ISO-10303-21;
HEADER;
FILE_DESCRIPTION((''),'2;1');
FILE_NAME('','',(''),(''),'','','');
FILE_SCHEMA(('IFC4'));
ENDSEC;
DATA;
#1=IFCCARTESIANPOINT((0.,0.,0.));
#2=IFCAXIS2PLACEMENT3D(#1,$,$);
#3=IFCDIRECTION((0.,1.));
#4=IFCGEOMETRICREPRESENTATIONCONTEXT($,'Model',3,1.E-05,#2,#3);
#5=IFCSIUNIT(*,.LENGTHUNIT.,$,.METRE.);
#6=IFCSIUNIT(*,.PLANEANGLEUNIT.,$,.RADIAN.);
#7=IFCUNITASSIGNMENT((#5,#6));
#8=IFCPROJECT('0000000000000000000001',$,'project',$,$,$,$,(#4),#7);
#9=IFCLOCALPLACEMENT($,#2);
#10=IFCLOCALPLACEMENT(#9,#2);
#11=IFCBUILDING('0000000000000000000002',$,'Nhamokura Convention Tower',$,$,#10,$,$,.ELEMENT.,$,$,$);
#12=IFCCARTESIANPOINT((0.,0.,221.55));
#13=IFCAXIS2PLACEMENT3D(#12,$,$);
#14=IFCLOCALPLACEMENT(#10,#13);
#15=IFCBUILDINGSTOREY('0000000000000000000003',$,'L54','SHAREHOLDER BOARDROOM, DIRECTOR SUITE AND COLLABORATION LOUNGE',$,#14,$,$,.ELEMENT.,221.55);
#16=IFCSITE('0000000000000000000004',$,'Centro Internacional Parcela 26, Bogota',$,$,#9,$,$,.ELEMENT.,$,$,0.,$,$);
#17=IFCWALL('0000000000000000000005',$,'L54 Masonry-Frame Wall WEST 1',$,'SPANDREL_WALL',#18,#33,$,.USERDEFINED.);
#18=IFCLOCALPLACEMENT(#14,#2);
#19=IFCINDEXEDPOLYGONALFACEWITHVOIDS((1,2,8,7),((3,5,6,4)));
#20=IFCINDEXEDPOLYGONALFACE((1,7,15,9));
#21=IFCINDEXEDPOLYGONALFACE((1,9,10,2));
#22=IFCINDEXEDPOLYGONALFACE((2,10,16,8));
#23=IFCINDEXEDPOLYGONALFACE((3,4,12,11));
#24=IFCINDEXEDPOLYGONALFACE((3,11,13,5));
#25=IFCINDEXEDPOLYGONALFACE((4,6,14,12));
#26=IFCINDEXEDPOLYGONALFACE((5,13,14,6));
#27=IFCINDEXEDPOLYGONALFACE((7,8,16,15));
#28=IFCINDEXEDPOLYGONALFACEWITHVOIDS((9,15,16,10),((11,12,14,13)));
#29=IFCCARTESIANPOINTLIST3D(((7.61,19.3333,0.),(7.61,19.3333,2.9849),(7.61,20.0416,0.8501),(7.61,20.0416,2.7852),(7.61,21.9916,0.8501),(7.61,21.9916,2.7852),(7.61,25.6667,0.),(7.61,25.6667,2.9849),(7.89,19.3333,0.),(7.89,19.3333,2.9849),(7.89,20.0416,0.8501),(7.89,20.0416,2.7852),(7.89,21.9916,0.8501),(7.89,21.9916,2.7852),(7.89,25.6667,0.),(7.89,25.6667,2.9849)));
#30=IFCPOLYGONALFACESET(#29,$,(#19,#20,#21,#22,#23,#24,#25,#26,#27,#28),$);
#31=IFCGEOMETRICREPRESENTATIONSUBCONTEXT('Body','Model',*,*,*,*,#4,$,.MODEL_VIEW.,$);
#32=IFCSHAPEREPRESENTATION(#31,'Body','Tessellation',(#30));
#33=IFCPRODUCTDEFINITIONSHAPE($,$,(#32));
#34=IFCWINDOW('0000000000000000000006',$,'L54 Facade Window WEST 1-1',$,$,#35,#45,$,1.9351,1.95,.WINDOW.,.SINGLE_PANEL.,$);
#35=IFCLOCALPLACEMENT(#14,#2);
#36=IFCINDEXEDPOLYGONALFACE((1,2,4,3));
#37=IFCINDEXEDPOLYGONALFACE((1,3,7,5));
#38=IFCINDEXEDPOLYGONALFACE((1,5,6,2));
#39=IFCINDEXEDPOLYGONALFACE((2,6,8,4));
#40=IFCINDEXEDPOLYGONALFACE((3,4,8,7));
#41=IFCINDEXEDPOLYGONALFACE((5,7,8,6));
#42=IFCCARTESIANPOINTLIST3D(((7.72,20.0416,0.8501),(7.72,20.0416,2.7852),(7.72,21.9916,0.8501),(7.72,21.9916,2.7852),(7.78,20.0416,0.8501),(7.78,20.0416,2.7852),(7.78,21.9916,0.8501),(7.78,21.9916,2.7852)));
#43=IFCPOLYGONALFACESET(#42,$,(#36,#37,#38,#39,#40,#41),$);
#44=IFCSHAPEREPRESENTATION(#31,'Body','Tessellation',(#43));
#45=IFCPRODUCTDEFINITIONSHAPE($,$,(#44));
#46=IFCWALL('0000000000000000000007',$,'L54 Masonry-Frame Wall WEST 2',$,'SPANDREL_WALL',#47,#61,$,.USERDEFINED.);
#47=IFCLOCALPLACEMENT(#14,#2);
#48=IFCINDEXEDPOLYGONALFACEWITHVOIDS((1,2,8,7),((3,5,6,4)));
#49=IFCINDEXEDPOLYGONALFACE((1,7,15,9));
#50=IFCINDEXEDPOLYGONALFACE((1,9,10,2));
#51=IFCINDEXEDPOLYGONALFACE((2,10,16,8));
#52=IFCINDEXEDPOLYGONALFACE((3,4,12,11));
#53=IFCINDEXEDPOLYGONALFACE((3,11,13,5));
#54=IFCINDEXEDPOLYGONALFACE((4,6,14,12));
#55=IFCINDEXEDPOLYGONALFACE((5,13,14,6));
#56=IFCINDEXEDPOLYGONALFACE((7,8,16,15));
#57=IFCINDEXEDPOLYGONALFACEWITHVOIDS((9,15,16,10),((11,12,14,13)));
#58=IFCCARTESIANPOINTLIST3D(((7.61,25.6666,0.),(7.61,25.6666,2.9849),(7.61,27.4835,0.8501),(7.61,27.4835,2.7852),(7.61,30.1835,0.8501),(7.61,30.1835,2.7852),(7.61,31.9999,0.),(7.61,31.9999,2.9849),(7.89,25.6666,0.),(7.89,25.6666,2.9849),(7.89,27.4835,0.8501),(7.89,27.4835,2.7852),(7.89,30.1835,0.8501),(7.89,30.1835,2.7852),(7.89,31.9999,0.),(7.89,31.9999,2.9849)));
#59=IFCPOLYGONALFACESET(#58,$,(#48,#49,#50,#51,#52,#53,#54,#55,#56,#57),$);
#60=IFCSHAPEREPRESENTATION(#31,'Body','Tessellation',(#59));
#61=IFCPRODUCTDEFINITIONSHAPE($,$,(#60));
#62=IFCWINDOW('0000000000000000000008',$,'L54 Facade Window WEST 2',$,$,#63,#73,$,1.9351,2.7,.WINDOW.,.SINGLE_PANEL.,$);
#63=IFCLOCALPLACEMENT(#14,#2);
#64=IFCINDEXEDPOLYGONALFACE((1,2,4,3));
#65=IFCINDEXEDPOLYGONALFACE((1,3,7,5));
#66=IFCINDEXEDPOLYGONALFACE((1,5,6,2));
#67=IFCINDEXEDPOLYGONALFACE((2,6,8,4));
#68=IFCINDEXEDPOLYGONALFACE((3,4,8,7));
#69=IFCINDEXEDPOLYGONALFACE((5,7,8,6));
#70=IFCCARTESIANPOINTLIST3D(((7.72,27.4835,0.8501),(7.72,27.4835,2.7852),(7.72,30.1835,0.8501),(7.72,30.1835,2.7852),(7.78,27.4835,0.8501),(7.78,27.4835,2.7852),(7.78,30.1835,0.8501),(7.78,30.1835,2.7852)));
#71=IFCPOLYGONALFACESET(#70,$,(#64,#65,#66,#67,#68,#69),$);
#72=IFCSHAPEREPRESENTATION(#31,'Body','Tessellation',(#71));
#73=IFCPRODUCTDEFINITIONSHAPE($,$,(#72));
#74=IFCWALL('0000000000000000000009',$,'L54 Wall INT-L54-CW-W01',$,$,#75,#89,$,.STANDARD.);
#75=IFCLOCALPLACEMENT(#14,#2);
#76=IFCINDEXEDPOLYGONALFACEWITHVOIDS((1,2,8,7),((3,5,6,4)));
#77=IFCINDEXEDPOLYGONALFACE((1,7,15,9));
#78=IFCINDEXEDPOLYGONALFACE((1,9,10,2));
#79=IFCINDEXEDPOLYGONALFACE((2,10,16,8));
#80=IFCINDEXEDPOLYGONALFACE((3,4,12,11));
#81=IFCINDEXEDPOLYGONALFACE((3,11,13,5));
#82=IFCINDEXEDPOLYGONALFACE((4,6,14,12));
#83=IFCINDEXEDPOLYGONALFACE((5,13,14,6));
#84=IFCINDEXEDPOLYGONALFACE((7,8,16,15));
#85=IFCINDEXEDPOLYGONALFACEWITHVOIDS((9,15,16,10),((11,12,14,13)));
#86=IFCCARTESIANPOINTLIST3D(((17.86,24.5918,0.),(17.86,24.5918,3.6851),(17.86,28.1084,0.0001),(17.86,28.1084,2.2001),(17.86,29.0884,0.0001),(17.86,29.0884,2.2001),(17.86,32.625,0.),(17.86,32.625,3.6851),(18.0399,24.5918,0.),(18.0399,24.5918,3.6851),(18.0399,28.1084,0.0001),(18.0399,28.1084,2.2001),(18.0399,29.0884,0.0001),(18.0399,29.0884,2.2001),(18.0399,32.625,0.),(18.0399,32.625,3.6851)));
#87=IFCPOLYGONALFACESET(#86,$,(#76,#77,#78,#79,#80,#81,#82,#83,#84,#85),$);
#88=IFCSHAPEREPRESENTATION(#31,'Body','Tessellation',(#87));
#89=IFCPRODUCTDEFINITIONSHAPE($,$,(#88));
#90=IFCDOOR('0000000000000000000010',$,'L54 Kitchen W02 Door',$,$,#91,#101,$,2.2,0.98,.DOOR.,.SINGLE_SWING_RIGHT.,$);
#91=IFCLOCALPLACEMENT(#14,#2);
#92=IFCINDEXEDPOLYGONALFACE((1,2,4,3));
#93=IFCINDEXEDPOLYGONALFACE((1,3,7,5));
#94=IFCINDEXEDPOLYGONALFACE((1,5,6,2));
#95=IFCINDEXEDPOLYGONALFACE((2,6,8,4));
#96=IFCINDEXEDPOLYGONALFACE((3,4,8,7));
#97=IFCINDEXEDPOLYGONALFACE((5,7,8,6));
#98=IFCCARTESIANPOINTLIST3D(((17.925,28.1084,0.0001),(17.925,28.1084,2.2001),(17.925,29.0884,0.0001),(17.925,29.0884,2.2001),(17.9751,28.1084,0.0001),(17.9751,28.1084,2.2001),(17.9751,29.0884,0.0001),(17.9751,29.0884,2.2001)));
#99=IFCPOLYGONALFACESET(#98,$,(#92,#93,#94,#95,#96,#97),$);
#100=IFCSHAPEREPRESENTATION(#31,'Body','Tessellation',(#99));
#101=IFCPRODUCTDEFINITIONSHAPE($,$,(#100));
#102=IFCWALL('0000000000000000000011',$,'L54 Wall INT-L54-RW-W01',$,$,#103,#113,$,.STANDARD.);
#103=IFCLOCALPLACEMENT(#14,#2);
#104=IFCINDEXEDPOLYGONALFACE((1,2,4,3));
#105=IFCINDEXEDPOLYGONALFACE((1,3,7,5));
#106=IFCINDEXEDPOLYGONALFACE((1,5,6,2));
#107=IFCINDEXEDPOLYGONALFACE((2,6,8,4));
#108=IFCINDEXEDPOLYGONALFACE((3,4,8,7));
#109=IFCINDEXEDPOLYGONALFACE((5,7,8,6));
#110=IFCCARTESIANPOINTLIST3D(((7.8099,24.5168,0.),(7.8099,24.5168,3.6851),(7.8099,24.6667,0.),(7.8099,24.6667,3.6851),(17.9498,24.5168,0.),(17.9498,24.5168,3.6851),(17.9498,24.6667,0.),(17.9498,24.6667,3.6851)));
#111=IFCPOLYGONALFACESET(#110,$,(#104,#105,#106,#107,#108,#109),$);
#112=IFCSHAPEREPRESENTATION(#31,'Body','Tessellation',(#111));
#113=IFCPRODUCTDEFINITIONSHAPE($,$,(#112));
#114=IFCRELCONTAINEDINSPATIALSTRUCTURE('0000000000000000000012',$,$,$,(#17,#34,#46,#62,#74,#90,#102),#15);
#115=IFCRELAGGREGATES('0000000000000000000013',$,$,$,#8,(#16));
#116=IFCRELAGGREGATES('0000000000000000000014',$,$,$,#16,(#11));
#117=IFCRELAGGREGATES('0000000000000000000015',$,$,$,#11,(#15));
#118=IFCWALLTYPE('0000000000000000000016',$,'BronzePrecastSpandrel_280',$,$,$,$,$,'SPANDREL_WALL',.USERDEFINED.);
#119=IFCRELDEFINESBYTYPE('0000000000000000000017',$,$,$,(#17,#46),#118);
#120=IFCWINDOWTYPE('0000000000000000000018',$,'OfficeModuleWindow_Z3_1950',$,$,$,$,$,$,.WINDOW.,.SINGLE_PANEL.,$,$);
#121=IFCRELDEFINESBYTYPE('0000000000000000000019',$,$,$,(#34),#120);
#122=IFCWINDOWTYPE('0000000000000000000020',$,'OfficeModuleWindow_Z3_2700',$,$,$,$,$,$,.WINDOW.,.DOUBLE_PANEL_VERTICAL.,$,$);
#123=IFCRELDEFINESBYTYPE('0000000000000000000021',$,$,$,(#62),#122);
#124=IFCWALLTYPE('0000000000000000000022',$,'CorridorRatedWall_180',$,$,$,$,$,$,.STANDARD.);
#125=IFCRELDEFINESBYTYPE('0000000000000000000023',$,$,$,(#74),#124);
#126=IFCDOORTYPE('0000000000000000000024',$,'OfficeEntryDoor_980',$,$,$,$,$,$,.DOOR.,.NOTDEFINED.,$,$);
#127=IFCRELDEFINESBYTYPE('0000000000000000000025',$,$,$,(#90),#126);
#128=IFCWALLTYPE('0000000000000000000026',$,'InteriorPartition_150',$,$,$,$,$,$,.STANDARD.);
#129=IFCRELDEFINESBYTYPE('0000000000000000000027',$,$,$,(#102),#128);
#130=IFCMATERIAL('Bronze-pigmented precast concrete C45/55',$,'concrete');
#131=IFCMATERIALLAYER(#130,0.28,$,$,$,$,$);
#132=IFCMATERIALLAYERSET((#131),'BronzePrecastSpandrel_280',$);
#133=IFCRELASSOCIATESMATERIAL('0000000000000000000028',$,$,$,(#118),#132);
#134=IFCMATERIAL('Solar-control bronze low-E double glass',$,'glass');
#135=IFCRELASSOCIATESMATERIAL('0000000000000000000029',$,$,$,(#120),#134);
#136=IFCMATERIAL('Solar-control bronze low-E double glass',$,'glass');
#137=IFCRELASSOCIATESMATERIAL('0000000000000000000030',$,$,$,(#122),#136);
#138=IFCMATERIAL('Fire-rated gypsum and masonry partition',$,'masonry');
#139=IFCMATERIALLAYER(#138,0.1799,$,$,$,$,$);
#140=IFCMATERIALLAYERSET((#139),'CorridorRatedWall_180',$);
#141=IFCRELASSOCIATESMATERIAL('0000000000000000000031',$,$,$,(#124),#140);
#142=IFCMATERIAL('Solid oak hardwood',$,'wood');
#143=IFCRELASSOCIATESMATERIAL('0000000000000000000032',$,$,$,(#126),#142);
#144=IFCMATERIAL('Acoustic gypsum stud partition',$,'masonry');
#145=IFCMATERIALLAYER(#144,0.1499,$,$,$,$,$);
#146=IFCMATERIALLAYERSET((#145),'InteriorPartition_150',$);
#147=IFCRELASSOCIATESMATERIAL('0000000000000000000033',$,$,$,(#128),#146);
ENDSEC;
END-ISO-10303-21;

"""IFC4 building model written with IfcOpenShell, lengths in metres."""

from ifc_helpers import new_model, si_unit, direction, frame, frame_2d, origin, place, context, subcontext, project, spatial, rectangle, extrude, material, layer, layer_set, type_object, element, fill, save


model = new_model("IFC4")

# Units and contexts
model_context = context("Model", 3, precision=1e-05, world=origin(), true_north=direction((0.0, 1.0)))
body_context = subcontext(model_context, "Body", "Model", "MODEL_VIEW")
ifc_project = project(units=[si_unit("LENGTHUNIT", "METRE"), si_unit("PLANEANGLEUNIT", "RADIAN")], contexts=[model_context])

# Site, building, storey
site_placement = place(None, origin())
site = spatial("IfcSite", under=ifc_project, at=site_placement, Name="Centro Internacional Parcela 26, Bogota", CompositionType="ELEMENT", RefElevation=0.0)
building_placement = place(site_placement, origin())
building = spatial("IfcBuilding", under=site, at=building_placement, Name="Nhamokura Convention Tower", CompositionType="ELEMENT")
storey_placement = place(building_placement, frame((0.0, 0.0, 221.55)))
storey = spatial("IfcBuildingStorey", under=building, at=storey_placement, Name="L54", Description="SHAREHOLDER BOARDROOM, DIRECTOR SUITE AND COLLABORATION LOUNGE", CompositionType="ELEMENT", Elevation=221.55)

# Walls, openings, windows
ifc_material_1 = material(Name="Bronze-pigmented precast concrete C45/55", Category="concrete")
ifc_layer_1 = layer(ifc_material_1, 0.28)
ifc_layer_set_1 = layer_set([ifc_layer_1], Name="BronzePrecastSpandrel_280")
wall_type_1 = type_object("IfcWallType", Name="BronzePrecastSpandrel_280", ElementType="SPANDREL_WALL", PredefinedType="USERDEFINED", material=ifc_layer_set_1)
wall_1_placement = place(storey_placement, frame((7.75, 19.3333, 0.0), z_axis=(0.0, 0.0, 1.0), x_axis=(0.0, 1.0, 0.0)))
wall_1 = element("IfcWall", 1, at=wall_1_placement, inside=storey, type_object=wall_type_1, Name="L54 Masonry-Frame Wall WEST 1", ObjectType="SPANDREL_WALL", PredefinedType="USERDEFINED", context=body_context, shape_type="SweptSolid", body=[
    extrude(rectangle(XDim=6.3335, YDim=0.28, at=frame_2d((3.1667, 0.0))), origin(), (0.0, 0.0, 1.0), 2.9849),
])
opening_1_placement = place(wall_1_placement, frame((0.7083, 0.0, 0.8501)))
opening_1 = element("IfcOpeningElement", 2, at=opening_1_placement, cuts=wall_1, PredefinedType="OPENING", context=body_context, shape_type="SweptSolid", body=[
    extrude(rectangle(XDim=1.95, YDim=1.9351, at=frame_2d((0.9751, 0.9675))), frame((0.0, 0.1499, 0.0), z_axis=(0.0, -1.0, 0.0), x_axis=(1.0, 0.0, 0.0)), (0.0, 0.0, 1.0), 0.3),
])
ifc_material_2 = material(Name="Solar-control bronze low-E double glass", Category="glass")
window_type_1 = type_object("IfcWindowType", Name="OfficeModuleWindow_Z3_1950", PartitioningType="SINGLE_PANEL", PredefinedType="WINDOW", material=ifc_material_2)
window_1_placement = place(opening_1_placement, origin())
window_1 = element("IfcWindow", 3, at=window_1_placement, inside=storey, type_object=window_type_1, Name="L54 Facade Window WEST 1-1", OverallHeight=1.9351, OverallWidth=1.95, PartitioningType="SINGLE_PANEL", PredefinedType="WINDOW", context=body_context, shape_type="SweptSolid", body=[
    extrude(rectangle(XDim=1.95, YDim=1.9351, at=frame_2d((0.9751, 0.9675))), frame((0.0, 0.03, 0.0), z_axis=(0.0, -1.0, 0.0), x_axis=(1.0, 0.0, 0.0)), (0.0, 0.0, 1.0), 0.0601),
])
fill(opening_1, window_1)
wall_2_placement = place(storey_placement, frame((7.75, 25.6667, 0.0), z_axis=(0.0, 0.0, 1.0), x_axis=(0.0, 1.0, 0.0)))
wall_2 = element("IfcWall", 4, at=wall_2_placement, inside=storey, type_object=wall_type_1, Name="L54 Masonry-Frame Wall WEST 2", ObjectType="SPANDREL_WALL", PredefinedType="USERDEFINED", context=body_context, shape_type="SweptSolid", body=[
    extrude(rectangle(XDim=6.3333, YDim=0.28, at=frame_2d((3.1665, 0.0))), origin(), (0.0, 0.0, 1.0), 2.9849),
])
opening_2_placement = place(wall_2_placement, frame((1.8167, 0.0, 0.8501)))
opening_2 = element("IfcOpeningElement", 5, at=opening_2_placement, cuts=wall_2, PredefinedType="OPENING", context=body_context, shape_type="SweptSolid", body=[
    extrude(rectangle(XDim=2.7, YDim=1.9351, at=frame_2d((1.3501, 0.9675))), frame((0.0, 0.1499, 0.0), z_axis=(0.0, -1.0, 0.0), x_axis=(1.0, 0.0, 0.0)), (0.0, 0.0, 1.0), 0.3),
])
ifc_material_3 = material(Name="Solar-control bronze low-E double glass", Category="glass")
window_type_2 = type_object("IfcWindowType", Name="OfficeModuleWindow_Z3_2700", PartitioningType="DOUBLE_PANEL_VERTICAL", PredefinedType="WINDOW", material=ifc_material_3)
window_2_placement = place(opening_2_placement, origin())
window_2 = element("IfcWindow", 6, at=window_2_placement, inside=storey, type_object=window_type_2, Name="L54 Facade Window WEST 2", OverallHeight=1.9351, OverallWidth=2.7, PartitioningType="SINGLE_PANEL", PredefinedType="WINDOW", context=body_context, shape_type="SweptSolid", body=[
    extrude(rectangle(XDim=2.7, YDim=1.9351, at=frame_2d((1.3501, 0.9675))), frame((0.0, 0.03, 0.0), z_axis=(0.0, -1.0, 0.0), x_axis=(1.0, 0.0, 0.0)), (0.0, 0.0, 1.0), 0.0601),
])
fill(opening_2, window_2)

# Wall, opening, door
ifc_material_4 = material(Name="Fire-rated gypsum and masonry partition", Category="masonry")
ifc_layer_2 = layer(ifc_material_4, 0.1799)
ifc_layer_set_2 = layer_set([ifc_layer_2], Name="CorridorRatedWall_180")
wall_type_2 = type_object("IfcWallType", Name="CorridorRatedWall_180", PredefinedType="STANDARD", material=ifc_layer_set_2)
wall_3_placement = place(storey_placement, frame((17.95, 24.5918, 0.0), z_axis=(0.0, 0.0, 1.0), x_axis=(0.0, 1.0, 0.0)))
wall_3 = element("IfcWall", 7, at=wall_3_placement, inside=storey, type_object=wall_type_2, Name="L54 Wall INT-L54-CW-W01", PredefinedType="STANDARD", context=body_context, shape_type="SweptSolid", body=[
    extrude(rectangle(XDim=8.0332, YDim=0.1799, at=frame_2d((4.0166, 0.0))), origin(), (0.0, 0.0, 1.0), 3.6851),
])
opening_3_placement = place(wall_3_placement, frame((3.5166, 0.0, 0.0)))
opening_3 = element("IfcOpeningElement", 8, at=opening_3_placement, cuts=wall_3, PredefinedType="OPENING", context=body_context, shape_type="SweptSolid", body=[
    extrude(rectangle(XDim=0.98, YDim=2.2, at=frame_2d((0.49, 1.1001))), frame((0.0, 0.0999, 0.0), z_axis=(0.0, -1.0, 0.0), x_axis=(1.0, 0.0, 0.0)), (0.0, 0.0, 1.0), 0.2),
])
ifc_material_5 = material(Name="Solid oak hardwood", Category="wood")
door_type = type_object("IfcDoorType", Name="OfficeEntryDoor_980", OperationType="NOTDEFINED", PredefinedType="DOOR", material=ifc_material_5)
door_placement = place(opening_3_placement, origin())
door = element("IfcDoor", 9, at=door_placement, inside=storey, type_object=door_type, Name="L54 Kitchen W02 Door", OperationType="SINGLE_SWING_RIGHT", OverallHeight=2.2, OverallWidth=0.98, PredefinedType="DOOR", context=body_context, shape_type="SweptSolid", body=[
    extrude(rectangle(XDim=0.98, YDim=2.2, at=frame_2d((0.49, 1.1001))), frame((0.0, 0.0249, 0.0), z_axis=(0.0, -1.0, 0.0), x_axis=(1.0, 0.0, 0.0)), (0.0, 0.0, 1.0), 0.05),
])
fill(opening_3, door)

# Wall
ifc_material_6 = material(Name="Acoustic gypsum stud partition", Category="masonry")
ifc_layer_3 = layer(ifc_material_6, 0.1499)
ifc_layer_set_3 = layer_set([ifc_layer_3], Name="InteriorPartition_150")
wall_type_3 = type_object("IfcWallType", Name="InteriorPartition_150", PredefinedType="STANDARD", material=ifc_layer_set_3)
wall_4_placement = place(storey_placement, frame((7.8101, 24.5918, 0.0), z_axis=(0.0, 0.0, 1.0), x_axis=(1.0, 0.0, 0.0)))
element("IfcWall", 10, at=wall_4_placement, inside=storey, type_object=wall_type_3, Name="L54 Wall INT-L54-RW-W01", PredefinedType="STANDARD", context=body_context, shape_type="SweptSolid", body=[
    extrude(rectangle(XDim=10.1399, YDim=0.1499, at=frame_2d((5.0698, 0.0))), origin(), (0.0, 0.0, 1.0), 3.6851),
])

save(model, "model.ifc")
